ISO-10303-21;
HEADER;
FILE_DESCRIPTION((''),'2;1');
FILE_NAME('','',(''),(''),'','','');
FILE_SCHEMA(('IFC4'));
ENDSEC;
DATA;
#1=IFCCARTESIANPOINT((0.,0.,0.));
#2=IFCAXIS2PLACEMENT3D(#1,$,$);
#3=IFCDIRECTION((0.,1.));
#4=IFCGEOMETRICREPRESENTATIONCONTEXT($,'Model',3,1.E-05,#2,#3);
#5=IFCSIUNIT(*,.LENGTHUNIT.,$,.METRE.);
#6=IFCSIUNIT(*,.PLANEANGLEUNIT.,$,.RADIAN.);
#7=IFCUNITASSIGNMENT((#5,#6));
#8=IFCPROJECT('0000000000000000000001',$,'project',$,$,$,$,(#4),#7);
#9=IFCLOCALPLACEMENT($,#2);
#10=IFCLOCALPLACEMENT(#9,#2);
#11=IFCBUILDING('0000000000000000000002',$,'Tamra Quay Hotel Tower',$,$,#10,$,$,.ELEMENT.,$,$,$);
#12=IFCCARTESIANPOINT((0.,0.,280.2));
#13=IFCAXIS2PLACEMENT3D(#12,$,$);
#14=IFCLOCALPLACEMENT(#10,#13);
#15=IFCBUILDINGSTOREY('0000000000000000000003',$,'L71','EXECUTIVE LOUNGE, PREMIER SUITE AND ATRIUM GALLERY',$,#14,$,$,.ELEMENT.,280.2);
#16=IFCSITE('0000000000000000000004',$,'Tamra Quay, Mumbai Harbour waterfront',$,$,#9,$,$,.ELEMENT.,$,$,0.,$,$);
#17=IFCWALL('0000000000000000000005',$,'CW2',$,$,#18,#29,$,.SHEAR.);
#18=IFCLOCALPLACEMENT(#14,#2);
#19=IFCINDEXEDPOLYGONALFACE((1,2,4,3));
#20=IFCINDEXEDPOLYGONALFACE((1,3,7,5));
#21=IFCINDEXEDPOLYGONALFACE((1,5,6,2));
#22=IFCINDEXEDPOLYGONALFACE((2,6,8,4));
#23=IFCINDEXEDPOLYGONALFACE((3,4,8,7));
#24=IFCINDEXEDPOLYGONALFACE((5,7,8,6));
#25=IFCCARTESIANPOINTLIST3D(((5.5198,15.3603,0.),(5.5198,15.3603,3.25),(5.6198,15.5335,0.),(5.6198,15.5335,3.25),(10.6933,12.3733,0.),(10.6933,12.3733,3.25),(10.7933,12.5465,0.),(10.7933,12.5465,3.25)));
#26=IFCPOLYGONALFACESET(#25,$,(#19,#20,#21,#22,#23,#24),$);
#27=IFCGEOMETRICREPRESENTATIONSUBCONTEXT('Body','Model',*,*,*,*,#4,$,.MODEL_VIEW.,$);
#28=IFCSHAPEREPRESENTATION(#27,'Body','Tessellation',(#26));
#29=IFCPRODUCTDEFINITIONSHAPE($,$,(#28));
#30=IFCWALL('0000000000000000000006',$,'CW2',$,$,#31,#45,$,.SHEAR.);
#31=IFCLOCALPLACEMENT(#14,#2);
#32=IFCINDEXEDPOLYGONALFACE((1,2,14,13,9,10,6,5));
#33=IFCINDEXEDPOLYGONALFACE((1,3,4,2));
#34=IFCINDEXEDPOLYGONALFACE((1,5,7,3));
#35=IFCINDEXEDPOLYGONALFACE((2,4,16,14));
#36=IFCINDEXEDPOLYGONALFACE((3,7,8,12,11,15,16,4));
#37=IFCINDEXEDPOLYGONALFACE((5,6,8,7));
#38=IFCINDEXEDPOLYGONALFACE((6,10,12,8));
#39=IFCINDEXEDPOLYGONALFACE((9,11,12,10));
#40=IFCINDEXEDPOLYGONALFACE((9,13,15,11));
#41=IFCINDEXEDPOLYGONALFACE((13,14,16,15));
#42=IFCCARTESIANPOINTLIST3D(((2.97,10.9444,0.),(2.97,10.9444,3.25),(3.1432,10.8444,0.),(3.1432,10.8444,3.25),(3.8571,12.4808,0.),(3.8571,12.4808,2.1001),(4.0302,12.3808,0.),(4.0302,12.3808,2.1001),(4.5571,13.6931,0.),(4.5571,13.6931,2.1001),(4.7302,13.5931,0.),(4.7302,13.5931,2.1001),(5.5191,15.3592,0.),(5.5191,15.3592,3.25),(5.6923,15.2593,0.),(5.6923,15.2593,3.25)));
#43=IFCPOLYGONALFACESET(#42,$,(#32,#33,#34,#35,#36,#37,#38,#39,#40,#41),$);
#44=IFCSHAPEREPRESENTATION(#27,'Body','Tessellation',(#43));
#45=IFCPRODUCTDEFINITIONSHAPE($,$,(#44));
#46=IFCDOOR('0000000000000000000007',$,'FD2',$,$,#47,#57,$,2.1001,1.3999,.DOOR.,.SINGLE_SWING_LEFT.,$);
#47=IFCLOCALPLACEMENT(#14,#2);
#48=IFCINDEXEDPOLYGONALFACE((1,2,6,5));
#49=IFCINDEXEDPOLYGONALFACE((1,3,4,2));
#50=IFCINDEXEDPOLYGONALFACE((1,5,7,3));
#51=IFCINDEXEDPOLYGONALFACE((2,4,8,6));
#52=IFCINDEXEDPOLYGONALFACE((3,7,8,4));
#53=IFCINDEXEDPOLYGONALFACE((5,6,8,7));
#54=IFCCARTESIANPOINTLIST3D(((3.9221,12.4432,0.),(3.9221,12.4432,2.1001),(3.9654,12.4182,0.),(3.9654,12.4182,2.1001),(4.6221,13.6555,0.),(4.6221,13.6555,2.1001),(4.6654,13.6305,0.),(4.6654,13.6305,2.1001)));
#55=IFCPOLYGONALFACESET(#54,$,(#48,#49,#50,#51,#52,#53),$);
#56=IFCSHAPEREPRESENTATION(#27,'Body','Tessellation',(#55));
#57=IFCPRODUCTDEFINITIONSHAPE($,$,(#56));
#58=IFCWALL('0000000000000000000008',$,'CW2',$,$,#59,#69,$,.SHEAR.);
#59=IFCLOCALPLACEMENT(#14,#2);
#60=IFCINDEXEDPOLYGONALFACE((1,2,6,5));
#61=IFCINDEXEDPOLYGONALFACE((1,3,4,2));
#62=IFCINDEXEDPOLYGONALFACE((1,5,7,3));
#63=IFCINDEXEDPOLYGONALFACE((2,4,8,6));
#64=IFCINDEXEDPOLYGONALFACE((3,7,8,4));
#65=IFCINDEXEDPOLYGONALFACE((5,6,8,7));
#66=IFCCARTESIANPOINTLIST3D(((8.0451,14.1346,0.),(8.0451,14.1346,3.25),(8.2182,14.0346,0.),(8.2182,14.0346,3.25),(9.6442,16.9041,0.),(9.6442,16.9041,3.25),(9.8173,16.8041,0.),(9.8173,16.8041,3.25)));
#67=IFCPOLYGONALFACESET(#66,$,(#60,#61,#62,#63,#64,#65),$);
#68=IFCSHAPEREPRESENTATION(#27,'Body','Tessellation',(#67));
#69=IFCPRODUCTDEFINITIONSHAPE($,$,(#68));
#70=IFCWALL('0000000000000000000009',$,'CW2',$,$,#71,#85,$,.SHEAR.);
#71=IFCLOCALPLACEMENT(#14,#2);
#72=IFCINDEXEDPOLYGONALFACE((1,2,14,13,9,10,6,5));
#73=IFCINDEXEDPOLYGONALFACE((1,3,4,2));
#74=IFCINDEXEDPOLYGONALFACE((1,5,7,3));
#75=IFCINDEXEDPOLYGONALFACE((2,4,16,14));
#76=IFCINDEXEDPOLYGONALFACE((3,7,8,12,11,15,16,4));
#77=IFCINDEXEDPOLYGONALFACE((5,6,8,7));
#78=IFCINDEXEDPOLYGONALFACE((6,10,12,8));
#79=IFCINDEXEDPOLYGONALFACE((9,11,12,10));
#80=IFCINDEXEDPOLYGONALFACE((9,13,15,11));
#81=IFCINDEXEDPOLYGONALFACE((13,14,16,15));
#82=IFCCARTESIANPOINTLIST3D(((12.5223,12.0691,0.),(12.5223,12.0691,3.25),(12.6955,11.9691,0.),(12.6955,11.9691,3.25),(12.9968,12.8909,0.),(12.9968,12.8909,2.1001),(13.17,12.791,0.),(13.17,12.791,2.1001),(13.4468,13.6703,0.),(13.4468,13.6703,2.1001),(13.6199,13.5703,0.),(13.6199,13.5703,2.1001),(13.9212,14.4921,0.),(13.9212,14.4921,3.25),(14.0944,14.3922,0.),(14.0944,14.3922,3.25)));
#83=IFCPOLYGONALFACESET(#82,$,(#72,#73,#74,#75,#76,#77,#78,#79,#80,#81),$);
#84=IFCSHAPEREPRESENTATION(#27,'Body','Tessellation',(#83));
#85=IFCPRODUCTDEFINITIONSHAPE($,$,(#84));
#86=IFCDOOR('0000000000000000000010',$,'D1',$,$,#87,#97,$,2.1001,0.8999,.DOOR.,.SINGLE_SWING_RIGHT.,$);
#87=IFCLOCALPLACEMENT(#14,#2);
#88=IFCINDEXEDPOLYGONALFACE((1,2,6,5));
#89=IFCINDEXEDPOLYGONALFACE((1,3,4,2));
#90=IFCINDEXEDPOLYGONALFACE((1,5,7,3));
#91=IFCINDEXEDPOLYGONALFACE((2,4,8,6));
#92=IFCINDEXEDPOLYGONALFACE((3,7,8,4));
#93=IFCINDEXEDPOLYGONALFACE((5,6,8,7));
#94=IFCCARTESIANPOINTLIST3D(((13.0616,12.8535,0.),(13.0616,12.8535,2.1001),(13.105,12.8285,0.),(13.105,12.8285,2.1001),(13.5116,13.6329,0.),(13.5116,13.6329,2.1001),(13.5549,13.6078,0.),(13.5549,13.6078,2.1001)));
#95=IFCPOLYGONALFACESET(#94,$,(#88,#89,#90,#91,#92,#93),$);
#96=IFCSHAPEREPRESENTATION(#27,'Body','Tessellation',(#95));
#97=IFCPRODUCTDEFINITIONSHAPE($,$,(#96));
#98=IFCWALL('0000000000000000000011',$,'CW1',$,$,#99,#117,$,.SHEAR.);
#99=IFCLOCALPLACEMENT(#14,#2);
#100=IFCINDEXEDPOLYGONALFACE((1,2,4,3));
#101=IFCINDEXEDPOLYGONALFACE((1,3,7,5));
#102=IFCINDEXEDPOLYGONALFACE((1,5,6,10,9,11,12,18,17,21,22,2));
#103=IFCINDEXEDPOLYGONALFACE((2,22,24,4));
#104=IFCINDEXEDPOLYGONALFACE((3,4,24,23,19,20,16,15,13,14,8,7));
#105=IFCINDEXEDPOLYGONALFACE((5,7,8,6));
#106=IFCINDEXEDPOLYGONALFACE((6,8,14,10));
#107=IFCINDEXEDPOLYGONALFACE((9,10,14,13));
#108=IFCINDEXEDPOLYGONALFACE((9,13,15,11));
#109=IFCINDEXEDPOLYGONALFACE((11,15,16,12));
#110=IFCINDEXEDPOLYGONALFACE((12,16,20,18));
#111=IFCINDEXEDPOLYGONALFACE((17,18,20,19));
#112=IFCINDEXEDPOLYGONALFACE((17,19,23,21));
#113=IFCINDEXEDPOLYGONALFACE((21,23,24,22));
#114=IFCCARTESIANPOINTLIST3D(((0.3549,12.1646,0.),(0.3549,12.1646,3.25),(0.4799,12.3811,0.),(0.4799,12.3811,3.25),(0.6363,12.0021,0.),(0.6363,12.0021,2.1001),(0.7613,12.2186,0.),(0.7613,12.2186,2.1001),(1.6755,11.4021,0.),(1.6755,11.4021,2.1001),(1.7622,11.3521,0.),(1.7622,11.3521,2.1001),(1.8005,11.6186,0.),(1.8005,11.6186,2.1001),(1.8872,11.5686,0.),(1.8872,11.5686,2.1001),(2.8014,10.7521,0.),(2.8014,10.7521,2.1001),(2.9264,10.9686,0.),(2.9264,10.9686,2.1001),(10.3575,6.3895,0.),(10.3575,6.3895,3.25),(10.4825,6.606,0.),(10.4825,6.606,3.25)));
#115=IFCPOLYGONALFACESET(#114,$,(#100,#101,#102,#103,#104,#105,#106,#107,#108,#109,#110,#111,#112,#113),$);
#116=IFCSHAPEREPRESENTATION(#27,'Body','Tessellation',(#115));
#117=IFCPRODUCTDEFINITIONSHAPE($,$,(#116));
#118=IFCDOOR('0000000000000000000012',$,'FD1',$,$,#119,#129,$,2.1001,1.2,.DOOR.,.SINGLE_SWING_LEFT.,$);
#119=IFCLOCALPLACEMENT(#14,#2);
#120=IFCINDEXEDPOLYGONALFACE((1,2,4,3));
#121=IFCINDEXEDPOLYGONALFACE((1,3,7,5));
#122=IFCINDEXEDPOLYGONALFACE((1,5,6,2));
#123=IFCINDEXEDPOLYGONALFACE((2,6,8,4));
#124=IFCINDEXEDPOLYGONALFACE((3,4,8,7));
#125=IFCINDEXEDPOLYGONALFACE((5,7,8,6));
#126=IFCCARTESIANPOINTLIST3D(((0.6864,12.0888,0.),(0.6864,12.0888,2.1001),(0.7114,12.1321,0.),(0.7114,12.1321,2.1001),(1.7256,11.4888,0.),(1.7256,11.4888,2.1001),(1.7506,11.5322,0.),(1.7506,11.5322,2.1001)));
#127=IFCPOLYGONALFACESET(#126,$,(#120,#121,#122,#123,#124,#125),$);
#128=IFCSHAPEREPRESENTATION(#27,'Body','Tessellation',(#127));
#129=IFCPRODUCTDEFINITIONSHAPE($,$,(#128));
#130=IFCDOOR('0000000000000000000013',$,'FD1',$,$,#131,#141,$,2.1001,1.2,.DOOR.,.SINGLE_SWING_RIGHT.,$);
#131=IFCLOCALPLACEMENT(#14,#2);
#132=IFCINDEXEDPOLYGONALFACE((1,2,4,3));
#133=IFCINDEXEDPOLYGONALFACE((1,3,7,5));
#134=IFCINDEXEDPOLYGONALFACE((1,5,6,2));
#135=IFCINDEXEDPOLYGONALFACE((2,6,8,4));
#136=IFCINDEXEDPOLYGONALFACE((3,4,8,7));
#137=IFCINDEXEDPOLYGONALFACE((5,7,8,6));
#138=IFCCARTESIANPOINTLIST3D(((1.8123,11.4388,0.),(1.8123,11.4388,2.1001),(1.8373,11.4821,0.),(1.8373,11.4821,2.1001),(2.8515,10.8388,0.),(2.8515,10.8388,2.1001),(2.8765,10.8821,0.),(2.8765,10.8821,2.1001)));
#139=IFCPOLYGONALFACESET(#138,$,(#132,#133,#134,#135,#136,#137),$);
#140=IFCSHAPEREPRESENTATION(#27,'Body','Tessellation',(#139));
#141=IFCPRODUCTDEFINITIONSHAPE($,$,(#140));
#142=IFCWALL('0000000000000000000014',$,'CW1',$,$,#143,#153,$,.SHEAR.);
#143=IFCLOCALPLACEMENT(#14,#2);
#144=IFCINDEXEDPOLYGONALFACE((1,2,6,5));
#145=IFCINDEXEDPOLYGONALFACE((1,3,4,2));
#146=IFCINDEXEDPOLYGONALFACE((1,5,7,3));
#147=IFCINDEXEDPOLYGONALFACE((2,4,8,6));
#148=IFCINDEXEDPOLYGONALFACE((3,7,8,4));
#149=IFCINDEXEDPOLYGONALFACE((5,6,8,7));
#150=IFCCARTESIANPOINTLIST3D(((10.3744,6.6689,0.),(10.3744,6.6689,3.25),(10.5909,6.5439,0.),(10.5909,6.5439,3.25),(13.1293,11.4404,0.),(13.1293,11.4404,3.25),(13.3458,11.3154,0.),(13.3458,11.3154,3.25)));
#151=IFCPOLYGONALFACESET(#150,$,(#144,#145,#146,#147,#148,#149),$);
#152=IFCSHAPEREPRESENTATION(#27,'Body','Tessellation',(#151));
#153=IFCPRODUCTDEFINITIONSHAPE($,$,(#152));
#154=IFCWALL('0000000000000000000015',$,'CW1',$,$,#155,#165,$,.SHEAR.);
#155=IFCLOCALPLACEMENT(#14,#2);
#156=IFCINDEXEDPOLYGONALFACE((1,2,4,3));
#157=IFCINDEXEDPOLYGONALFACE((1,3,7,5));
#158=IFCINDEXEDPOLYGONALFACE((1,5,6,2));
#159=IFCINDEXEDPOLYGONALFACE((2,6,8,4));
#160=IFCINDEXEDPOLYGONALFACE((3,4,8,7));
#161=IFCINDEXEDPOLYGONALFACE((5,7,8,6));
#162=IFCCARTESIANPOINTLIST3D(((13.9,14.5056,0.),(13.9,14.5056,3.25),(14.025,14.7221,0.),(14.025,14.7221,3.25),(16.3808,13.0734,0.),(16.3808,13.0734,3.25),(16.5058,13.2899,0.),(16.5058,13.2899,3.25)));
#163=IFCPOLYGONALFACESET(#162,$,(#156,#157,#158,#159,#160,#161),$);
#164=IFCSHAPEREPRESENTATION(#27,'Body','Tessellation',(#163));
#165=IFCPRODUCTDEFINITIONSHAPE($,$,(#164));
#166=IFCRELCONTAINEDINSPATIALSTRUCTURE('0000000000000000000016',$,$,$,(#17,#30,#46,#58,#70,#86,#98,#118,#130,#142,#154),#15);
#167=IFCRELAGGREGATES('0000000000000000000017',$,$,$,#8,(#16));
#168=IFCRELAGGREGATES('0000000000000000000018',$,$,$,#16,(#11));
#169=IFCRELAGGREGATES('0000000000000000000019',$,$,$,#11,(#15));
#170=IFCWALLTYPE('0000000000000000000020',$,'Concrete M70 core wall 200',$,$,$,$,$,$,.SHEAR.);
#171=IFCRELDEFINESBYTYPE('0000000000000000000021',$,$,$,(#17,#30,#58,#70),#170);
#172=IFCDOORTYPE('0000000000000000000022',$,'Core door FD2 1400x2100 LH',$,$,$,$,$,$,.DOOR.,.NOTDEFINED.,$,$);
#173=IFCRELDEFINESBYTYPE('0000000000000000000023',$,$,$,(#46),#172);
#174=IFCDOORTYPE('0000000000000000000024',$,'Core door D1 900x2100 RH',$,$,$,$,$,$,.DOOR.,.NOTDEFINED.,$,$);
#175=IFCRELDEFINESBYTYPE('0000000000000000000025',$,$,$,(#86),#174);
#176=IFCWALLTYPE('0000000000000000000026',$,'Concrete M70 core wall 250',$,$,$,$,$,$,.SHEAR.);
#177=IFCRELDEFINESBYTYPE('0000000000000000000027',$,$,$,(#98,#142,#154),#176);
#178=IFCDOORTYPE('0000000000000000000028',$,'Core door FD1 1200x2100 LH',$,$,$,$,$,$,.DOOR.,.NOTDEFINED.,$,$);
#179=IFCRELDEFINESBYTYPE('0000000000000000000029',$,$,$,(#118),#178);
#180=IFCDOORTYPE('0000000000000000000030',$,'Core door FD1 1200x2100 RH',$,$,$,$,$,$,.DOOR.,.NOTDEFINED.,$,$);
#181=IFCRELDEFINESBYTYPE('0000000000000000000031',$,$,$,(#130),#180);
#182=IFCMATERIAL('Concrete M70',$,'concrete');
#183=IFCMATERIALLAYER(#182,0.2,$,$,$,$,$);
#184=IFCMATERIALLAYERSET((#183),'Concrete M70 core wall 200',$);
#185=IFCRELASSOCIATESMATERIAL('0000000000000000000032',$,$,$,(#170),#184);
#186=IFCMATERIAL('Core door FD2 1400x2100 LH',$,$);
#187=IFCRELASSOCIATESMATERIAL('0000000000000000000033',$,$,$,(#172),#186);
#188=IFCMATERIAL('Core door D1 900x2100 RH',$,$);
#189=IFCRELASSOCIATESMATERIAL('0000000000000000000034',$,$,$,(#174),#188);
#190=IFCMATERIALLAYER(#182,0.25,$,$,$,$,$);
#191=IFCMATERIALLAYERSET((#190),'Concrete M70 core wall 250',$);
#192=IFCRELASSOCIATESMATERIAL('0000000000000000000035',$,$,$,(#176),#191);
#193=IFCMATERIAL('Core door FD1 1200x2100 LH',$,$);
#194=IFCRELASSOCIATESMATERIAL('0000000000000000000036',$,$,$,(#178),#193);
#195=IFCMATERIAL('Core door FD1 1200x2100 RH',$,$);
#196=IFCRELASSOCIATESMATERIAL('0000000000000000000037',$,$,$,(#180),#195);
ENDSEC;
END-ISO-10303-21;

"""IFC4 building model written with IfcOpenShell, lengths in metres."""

from ifc_helpers import new_model, si_unit, direction, frame, frame_2d, origin, place, context, subcontext, project, spatial, rectangle, extrude, material, layer, layer_set, type_object, element, fill, save


model = new_model("IFC4")

# Units and contexts
model_context = context("Model", 3, precision=1e-05, world=origin(), true_north=direction((0.0, 1.0)))
body_context = subcontext(model_context, "Body", "Model", "MODEL_VIEW")
ifc_project = project(units=[si_unit("LENGTHUNIT", "METRE"), si_unit("PLANEANGLEUNIT", "RADIAN")], contexts=[model_context])

# Site, building, storey
site_placement = place(None, origin())
site = spatial("IfcSite", under=ifc_project, at=site_placement, Name="Tamra Quay, Mumbai Harbour waterfront", CompositionType="ELEMENT", RefElevation=0.0)
building_placement = place(site_placement, origin())
building = spatial("IfcBuilding", under=site, at=building_placement, Name="Tamra Quay Hotel Tower", CompositionType="ELEMENT")
storey_placement = place(building_placement, frame((0.0, 0.0, 280.2)))
storey = spatial("IfcBuildingStorey", under=building, at=storey_placement, Name="L71", Description="EXECUTIVE LOUNGE, PREMIER SUITE AND ATRIUM GALLERY", CompositionType="ELEMENT", Elevation=280.2)

# Wall
ifc_material_1 = material(Name="Concrete M70", Category="concrete")
ifc_layer_1 = layer(ifc_material_1, 0.2)
ifc_layer_set_1 = layer_set([ifc_layer_1], Name="Concrete M70 core wall 200")
wall_type_1 = type_object("IfcWallType", Name="Concrete M70 core wall 200", PredefinedType="SHEAR", material=ifc_layer_set_1)
wall_1_placement = place(storey_placement, frame((10.7432, 12.46, 0.0), z_axis=(0.0, 0.0, 1.0), x_axis=(-0.866019, 0.500011, 0.0)))
element("IfcWall", 1, at=wall_1_placement, inside=storey, type_object=wall_type_1, Name="CW2", PredefinedType="SHEAR", context=body_context, shape_type="SweptSolid", body=[
    extrude(rectangle(XDim=5.9739, YDim=0.2, at=frame_2d((2.9868, 0.0))), origin(), (0.0, 0.0, 1.0), 3.25),
])

# Wall, opening, door
wall_2_placement = place(storey_placement, frame((3.0566, 10.8945, 0.0), z_axis=(0.0, 0.0, 1.0), x_axis=(0.500028, 0.866009, 0.0)))
wall_2 = element("IfcWall", 2, at=wall_2_placement, inside=storey, type_object=wall_type_1, Name="CW2", PredefinedType="SHEAR", context=body_context, shape_type="SweptSolid", body=[
    extrude(rectangle(XDim=5.0979, YDim=0.2, at=frame_2d((2.5488, 0.0))), origin(), (0.0, 0.0, 1.0), 3.25),
])
opening_1_placement = place(wall_2_placement, frame((1.7739, 0.0, 0.0)))
opening_1 = element("IfcOpeningElement", 3, at=opening_1_placement, cuts=wall_2, PredefinedType="OPENING", context=body_context, shape_type="SweptSolid", body=[
    extrude(rectangle(XDim=1.3999, YDim=2.1001, at=frame_2d((0.7, 1.05))), frame((0.0, 0.1099, 0.0), z_axis=(0.0, -1.0, 0.0), x_axis=(1.0, 0.0, 0.0)), (0.0, 0.0, 1.0), 0.22),
])
ifc_material_2 = material(Name="Core door FD2 1400x2100 LH")
door_type_1 = type_object("IfcDoorType", Name="Core door FD2 1400x2100 LH", OperationType="NOTDEFINED", PredefinedType="DOOR", material=ifc_material_2)
door_1_placement = place(opening_1_placement, origin())
door_1 = element("IfcDoor", 4, at=door_1_placement, inside=storey, type_object=door_type_1, Name="FD2", OperationType="SINGLE_SWING_LEFT", OverallHeight=2.1001, OverallWidth=1.3999, PredefinedType="DOOR", context=body_context, shape_type="SweptSolid", body=[
    extrude(rectangle(XDim=1.3999, YDim=2.1001, at=frame_2d((0.7, 1.05))), frame((0.0, 0.0249, 0.0), z_axis=(0.0, -1.0, 0.0), x_axis=(1.0, 0.0, 0.0)), (0.0, 0.0, 1.0), 0.05),
])
fill(opening_1, door_1)

# Wall
wall_3_placement = place(storey_placement, frame((8.1316, 14.0845, 0.0), z_axis=(0.0, 0.0, 1.0), x_axis=(0.500031, 0.866008, 0.0)))
element("IfcWall", 5, at=wall_3_placement, inside=storey, type_object=wall_type_1, Name="CW2", PredefinedType="SHEAR", context=body_context, shape_type="SweptSolid", body=[
    extrude(rectangle(XDim=3.198, YDim=0.2, at=frame_2d((1.5991, 0.0))), origin(), (0.0, 0.0, 1.0), 3.25),
])

# Wall, opening, door
wall_4_placement = place(storey_placement, frame((14.0078, 14.4421, 0.0), z_axis=(0.0, 0.0, 1.0), x_axis=(-0.499987, -0.866033, 0.0)))
wall_4 = element("IfcWall", 6, at=wall_4_placement, inside=storey, type_object=wall_type_1, Name="CW2", PredefinedType="SHEAR", context=body_context, shape_type="SweptSolid", body=[
    extrude(rectangle(XDim=2.7979, YDim=0.2, at=frame_2d((1.3989, 0.0))), origin(), (0.0, 0.0, 1.0), 3.25),
])
opening_2_placement = place(wall_4_placement, frame((0.949, 0.0, 0.0)))
opening_2 = element("IfcOpeningElement", 7, at=opening_2_placement, cuts=wall_4, PredefinedType="OPENING", context=body_context, shape_type="SweptSolid", body=[
    extrude(rectangle(XDim=0.8999, YDim=2.1001, at=frame_2d((0.45, 1.05))), frame((0.0, 0.1099, 0.0), z_axis=(0.0, -1.0, 0.0), x_axis=(1.0, 0.0, 0.0)), (0.0, 0.0, 1.0), 0.22),
])
ifc_material_3 = material(Name="Core door D1 900x2100 RH")
door_type_2 = type_object("IfcDoorType", Name="Core door D1 900x2100 RH", OperationType="NOTDEFINED", PredefinedType="DOOR", material=ifc_material_3)
door_2_placement = place(opening_2_placement, origin())
door_2 = element("IfcDoor", 8, at=door_2_placement, inside=storey, type_object=door_type_2, Name="D1", OperationType="SINGLE_SWING_RIGHT", OverallHeight=2.1001, OverallWidth=0.8999, PredefinedType="DOOR", context=body_context, shape_type="SweptSolid", body=[
    extrude(rectangle(XDim=0.8999, YDim=2.1001, at=frame_2d((0.45, 1.05))), frame((0.0, 0.0249, 0.0), z_axis=(0.0, -1.0, 0.0), x_axis=(1.0, 0.0, 0.0)), (0.0, 0.0, 1.0), 0.05),
])
fill(opening_2, door_2)

# Wall, openings, doors
ifc_layer_2 = layer(ifc_material_1, 0.25)
ifc_layer_set_2 = layer_set([ifc_layer_2], Name="Concrete M70 core wall 250")
wall_type_2 = type_object("IfcWallType", Name="Concrete M70 core wall 250", PredefinedType="SHEAR", material=ifc_layer_set_2)
wall_5_placement = place(storey_placement, frame((10.4199, 6.4978, 0.0), z_axis=(0.0, 0.0, 1.0), x_axis=(-0.866022, 0.500006, 0.0)))
wall_5 = element("IfcWall", 9, at=wall_5_placement, inside=storey, type_object=wall_type_2, Name="CW1", PredefinedType="SHEAR", context=body_context, shape_type="SweptSolid", body=[
    extrude(rectangle(XDim=11.55, YDim=0.25, at=frame_2d((5.7749, 0.0))), origin(), (0.0, 0.0, 1.0), 3.25),
])
opening_3_placement = place(wall_5_placement, frame((10.0249, 0.0, 0.0)))
opening_3 = element("IfcOpeningElement", 10, at=opening_3_placement, cuts=wall_5, PredefinedType="OPENING", context=body_context, shape_type="SweptSolid", body=[
    extrude(rectangle(XDim=1.2, YDim=2.1001, at=frame_2d((0.6001, 1.05))), frame((0.0, 0.135, 0.0), z_axis=(0.0, -1.0, 0.0), x_axis=(1.0, 0.0, 0.0)), (0.0, 0.0, 1.0), 0.27),
])
opening_4_placement = place(wall_5_placement, frame((8.7249, 0.0, 0.0)))
opening_4 = element("IfcOpeningElement", 11, at=opening_4_placement, cuts=wall_5, PredefinedType="OPENING", context=body_context, shape_type="SweptSolid", body=[
    extrude(rectangle(XDim=1.2, YDim=2.1001, at=frame_2d((0.6001, 1.05))), frame((0.0, 0.135, 0.0), z_axis=(0.0, -1.0, 0.0), x_axis=(1.0, 0.0, 0.0)), (0.0, 0.0, 1.0), 0.27),
])
ifc_material_4 = material(Name="Core door FD1 1200x2100 LH")
door_type_3 = type_object("IfcDoorType", Name="Core door FD1 1200x2100 LH", OperationType="NOTDEFINED", PredefinedType="DOOR", material=ifc_material_4)
door_3_placement = place(opening_3_placement, origin())
door_3 = element("IfcDoor", 12, at=door_3_placement, inside=storey, type_object=door_type_3, Name="FD1", OperationType="SINGLE_SWING_LEFT", OverallHeight=2.1001, OverallWidth=1.2, PredefinedType="DOOR", context=body_context, shape_type="SweptSolid", body=[
    extrude(rectangle(XDim=1.2, YDim=2.1001, at=frame_2d((0.6001, 1.05))), frame((0.0, 0.0249, 0.0), z_axis=(0.0, -1.0, 0.0), x_axis=(1.0, 0.0, 0.0)), (0.0, 0.0, 1.0), 0.05),
])
fill(opening_3, door_3)
ifc_material_5 = material(Name="Core door FD1 1200x2100 RH")
door_type_4 = type_object("IfcDoorType", Name="Core door FD1 1200x2100 RH", OperationType="NOTDEFINED", PredefinedType="DOOR", material=ifc_material_5)
door_4_placement = place(opening_4_placement, origin())
door_4 = element("IfcDoor", 13, at=door_4_placement, inside=storey, type_object=door_type_4, Name="FD1", OperationType="SINGLE_SWING_RIGHT", OverallHeight=2.1001, OverallWidth=1.2, PredefinedType="DOOR", context=body_context, shape_type="SweptSolid", body=[
    extrude(rectangle(XDim=1.2, YDim=2.1001, at=frame_2d((0.6001, 1.05))), frame((0.0, 0.0249, 0.0), z_axis=(0.0, -1.0, 0.0), x_axis=(1.0, 0.0, 0.0)), (0.0, 0.0, 1.0), 0.05),
])
fill(opening_4, door_4)

# Walls
wall_6_placement = place(storey_placement, frame((13.2375, 11.3779, 0.0), z_axis=(0.0, 0.0, 1.0), x_axis=(-0.500009, -0.86602, 0.0)))
element("IfcWall", 14, at=wall_6_placement, inside=storey, type_object=wall_type_2, Name="CW1", PredefinedType="SHEAR", context=body_context, shape_type="SweptSolid", body=[
    extrude(rectangle(XDim=5.5098, YDim=0.25, at=frame_2d((2.7549, 0.0))), origin(), (0.0, 0.0, 1.0), 3.25),
])
wall_7_placement = place(storey_placement, frame((13.9626, 14.6138, 0.0), z_axis=(0.0, 0.0, 1.0), x_axis=(0.866042, -0.499971, 0.0)))
element("IfcWall", 15, at=wall_7_placement, inside=storey, type_object=wall_type_2, Name="CW1", PredefinedType="SHEAR", context=body_context, shape_type="SweptSolid", body=[
    extrude(rectangle(XDim=2.8645, YDim=0.25, at=frame_2d((1.4321, 0.0))), origin(), (0.0, 0.0, 1.0), 3.25),
])

save(model, "model.ifc")
